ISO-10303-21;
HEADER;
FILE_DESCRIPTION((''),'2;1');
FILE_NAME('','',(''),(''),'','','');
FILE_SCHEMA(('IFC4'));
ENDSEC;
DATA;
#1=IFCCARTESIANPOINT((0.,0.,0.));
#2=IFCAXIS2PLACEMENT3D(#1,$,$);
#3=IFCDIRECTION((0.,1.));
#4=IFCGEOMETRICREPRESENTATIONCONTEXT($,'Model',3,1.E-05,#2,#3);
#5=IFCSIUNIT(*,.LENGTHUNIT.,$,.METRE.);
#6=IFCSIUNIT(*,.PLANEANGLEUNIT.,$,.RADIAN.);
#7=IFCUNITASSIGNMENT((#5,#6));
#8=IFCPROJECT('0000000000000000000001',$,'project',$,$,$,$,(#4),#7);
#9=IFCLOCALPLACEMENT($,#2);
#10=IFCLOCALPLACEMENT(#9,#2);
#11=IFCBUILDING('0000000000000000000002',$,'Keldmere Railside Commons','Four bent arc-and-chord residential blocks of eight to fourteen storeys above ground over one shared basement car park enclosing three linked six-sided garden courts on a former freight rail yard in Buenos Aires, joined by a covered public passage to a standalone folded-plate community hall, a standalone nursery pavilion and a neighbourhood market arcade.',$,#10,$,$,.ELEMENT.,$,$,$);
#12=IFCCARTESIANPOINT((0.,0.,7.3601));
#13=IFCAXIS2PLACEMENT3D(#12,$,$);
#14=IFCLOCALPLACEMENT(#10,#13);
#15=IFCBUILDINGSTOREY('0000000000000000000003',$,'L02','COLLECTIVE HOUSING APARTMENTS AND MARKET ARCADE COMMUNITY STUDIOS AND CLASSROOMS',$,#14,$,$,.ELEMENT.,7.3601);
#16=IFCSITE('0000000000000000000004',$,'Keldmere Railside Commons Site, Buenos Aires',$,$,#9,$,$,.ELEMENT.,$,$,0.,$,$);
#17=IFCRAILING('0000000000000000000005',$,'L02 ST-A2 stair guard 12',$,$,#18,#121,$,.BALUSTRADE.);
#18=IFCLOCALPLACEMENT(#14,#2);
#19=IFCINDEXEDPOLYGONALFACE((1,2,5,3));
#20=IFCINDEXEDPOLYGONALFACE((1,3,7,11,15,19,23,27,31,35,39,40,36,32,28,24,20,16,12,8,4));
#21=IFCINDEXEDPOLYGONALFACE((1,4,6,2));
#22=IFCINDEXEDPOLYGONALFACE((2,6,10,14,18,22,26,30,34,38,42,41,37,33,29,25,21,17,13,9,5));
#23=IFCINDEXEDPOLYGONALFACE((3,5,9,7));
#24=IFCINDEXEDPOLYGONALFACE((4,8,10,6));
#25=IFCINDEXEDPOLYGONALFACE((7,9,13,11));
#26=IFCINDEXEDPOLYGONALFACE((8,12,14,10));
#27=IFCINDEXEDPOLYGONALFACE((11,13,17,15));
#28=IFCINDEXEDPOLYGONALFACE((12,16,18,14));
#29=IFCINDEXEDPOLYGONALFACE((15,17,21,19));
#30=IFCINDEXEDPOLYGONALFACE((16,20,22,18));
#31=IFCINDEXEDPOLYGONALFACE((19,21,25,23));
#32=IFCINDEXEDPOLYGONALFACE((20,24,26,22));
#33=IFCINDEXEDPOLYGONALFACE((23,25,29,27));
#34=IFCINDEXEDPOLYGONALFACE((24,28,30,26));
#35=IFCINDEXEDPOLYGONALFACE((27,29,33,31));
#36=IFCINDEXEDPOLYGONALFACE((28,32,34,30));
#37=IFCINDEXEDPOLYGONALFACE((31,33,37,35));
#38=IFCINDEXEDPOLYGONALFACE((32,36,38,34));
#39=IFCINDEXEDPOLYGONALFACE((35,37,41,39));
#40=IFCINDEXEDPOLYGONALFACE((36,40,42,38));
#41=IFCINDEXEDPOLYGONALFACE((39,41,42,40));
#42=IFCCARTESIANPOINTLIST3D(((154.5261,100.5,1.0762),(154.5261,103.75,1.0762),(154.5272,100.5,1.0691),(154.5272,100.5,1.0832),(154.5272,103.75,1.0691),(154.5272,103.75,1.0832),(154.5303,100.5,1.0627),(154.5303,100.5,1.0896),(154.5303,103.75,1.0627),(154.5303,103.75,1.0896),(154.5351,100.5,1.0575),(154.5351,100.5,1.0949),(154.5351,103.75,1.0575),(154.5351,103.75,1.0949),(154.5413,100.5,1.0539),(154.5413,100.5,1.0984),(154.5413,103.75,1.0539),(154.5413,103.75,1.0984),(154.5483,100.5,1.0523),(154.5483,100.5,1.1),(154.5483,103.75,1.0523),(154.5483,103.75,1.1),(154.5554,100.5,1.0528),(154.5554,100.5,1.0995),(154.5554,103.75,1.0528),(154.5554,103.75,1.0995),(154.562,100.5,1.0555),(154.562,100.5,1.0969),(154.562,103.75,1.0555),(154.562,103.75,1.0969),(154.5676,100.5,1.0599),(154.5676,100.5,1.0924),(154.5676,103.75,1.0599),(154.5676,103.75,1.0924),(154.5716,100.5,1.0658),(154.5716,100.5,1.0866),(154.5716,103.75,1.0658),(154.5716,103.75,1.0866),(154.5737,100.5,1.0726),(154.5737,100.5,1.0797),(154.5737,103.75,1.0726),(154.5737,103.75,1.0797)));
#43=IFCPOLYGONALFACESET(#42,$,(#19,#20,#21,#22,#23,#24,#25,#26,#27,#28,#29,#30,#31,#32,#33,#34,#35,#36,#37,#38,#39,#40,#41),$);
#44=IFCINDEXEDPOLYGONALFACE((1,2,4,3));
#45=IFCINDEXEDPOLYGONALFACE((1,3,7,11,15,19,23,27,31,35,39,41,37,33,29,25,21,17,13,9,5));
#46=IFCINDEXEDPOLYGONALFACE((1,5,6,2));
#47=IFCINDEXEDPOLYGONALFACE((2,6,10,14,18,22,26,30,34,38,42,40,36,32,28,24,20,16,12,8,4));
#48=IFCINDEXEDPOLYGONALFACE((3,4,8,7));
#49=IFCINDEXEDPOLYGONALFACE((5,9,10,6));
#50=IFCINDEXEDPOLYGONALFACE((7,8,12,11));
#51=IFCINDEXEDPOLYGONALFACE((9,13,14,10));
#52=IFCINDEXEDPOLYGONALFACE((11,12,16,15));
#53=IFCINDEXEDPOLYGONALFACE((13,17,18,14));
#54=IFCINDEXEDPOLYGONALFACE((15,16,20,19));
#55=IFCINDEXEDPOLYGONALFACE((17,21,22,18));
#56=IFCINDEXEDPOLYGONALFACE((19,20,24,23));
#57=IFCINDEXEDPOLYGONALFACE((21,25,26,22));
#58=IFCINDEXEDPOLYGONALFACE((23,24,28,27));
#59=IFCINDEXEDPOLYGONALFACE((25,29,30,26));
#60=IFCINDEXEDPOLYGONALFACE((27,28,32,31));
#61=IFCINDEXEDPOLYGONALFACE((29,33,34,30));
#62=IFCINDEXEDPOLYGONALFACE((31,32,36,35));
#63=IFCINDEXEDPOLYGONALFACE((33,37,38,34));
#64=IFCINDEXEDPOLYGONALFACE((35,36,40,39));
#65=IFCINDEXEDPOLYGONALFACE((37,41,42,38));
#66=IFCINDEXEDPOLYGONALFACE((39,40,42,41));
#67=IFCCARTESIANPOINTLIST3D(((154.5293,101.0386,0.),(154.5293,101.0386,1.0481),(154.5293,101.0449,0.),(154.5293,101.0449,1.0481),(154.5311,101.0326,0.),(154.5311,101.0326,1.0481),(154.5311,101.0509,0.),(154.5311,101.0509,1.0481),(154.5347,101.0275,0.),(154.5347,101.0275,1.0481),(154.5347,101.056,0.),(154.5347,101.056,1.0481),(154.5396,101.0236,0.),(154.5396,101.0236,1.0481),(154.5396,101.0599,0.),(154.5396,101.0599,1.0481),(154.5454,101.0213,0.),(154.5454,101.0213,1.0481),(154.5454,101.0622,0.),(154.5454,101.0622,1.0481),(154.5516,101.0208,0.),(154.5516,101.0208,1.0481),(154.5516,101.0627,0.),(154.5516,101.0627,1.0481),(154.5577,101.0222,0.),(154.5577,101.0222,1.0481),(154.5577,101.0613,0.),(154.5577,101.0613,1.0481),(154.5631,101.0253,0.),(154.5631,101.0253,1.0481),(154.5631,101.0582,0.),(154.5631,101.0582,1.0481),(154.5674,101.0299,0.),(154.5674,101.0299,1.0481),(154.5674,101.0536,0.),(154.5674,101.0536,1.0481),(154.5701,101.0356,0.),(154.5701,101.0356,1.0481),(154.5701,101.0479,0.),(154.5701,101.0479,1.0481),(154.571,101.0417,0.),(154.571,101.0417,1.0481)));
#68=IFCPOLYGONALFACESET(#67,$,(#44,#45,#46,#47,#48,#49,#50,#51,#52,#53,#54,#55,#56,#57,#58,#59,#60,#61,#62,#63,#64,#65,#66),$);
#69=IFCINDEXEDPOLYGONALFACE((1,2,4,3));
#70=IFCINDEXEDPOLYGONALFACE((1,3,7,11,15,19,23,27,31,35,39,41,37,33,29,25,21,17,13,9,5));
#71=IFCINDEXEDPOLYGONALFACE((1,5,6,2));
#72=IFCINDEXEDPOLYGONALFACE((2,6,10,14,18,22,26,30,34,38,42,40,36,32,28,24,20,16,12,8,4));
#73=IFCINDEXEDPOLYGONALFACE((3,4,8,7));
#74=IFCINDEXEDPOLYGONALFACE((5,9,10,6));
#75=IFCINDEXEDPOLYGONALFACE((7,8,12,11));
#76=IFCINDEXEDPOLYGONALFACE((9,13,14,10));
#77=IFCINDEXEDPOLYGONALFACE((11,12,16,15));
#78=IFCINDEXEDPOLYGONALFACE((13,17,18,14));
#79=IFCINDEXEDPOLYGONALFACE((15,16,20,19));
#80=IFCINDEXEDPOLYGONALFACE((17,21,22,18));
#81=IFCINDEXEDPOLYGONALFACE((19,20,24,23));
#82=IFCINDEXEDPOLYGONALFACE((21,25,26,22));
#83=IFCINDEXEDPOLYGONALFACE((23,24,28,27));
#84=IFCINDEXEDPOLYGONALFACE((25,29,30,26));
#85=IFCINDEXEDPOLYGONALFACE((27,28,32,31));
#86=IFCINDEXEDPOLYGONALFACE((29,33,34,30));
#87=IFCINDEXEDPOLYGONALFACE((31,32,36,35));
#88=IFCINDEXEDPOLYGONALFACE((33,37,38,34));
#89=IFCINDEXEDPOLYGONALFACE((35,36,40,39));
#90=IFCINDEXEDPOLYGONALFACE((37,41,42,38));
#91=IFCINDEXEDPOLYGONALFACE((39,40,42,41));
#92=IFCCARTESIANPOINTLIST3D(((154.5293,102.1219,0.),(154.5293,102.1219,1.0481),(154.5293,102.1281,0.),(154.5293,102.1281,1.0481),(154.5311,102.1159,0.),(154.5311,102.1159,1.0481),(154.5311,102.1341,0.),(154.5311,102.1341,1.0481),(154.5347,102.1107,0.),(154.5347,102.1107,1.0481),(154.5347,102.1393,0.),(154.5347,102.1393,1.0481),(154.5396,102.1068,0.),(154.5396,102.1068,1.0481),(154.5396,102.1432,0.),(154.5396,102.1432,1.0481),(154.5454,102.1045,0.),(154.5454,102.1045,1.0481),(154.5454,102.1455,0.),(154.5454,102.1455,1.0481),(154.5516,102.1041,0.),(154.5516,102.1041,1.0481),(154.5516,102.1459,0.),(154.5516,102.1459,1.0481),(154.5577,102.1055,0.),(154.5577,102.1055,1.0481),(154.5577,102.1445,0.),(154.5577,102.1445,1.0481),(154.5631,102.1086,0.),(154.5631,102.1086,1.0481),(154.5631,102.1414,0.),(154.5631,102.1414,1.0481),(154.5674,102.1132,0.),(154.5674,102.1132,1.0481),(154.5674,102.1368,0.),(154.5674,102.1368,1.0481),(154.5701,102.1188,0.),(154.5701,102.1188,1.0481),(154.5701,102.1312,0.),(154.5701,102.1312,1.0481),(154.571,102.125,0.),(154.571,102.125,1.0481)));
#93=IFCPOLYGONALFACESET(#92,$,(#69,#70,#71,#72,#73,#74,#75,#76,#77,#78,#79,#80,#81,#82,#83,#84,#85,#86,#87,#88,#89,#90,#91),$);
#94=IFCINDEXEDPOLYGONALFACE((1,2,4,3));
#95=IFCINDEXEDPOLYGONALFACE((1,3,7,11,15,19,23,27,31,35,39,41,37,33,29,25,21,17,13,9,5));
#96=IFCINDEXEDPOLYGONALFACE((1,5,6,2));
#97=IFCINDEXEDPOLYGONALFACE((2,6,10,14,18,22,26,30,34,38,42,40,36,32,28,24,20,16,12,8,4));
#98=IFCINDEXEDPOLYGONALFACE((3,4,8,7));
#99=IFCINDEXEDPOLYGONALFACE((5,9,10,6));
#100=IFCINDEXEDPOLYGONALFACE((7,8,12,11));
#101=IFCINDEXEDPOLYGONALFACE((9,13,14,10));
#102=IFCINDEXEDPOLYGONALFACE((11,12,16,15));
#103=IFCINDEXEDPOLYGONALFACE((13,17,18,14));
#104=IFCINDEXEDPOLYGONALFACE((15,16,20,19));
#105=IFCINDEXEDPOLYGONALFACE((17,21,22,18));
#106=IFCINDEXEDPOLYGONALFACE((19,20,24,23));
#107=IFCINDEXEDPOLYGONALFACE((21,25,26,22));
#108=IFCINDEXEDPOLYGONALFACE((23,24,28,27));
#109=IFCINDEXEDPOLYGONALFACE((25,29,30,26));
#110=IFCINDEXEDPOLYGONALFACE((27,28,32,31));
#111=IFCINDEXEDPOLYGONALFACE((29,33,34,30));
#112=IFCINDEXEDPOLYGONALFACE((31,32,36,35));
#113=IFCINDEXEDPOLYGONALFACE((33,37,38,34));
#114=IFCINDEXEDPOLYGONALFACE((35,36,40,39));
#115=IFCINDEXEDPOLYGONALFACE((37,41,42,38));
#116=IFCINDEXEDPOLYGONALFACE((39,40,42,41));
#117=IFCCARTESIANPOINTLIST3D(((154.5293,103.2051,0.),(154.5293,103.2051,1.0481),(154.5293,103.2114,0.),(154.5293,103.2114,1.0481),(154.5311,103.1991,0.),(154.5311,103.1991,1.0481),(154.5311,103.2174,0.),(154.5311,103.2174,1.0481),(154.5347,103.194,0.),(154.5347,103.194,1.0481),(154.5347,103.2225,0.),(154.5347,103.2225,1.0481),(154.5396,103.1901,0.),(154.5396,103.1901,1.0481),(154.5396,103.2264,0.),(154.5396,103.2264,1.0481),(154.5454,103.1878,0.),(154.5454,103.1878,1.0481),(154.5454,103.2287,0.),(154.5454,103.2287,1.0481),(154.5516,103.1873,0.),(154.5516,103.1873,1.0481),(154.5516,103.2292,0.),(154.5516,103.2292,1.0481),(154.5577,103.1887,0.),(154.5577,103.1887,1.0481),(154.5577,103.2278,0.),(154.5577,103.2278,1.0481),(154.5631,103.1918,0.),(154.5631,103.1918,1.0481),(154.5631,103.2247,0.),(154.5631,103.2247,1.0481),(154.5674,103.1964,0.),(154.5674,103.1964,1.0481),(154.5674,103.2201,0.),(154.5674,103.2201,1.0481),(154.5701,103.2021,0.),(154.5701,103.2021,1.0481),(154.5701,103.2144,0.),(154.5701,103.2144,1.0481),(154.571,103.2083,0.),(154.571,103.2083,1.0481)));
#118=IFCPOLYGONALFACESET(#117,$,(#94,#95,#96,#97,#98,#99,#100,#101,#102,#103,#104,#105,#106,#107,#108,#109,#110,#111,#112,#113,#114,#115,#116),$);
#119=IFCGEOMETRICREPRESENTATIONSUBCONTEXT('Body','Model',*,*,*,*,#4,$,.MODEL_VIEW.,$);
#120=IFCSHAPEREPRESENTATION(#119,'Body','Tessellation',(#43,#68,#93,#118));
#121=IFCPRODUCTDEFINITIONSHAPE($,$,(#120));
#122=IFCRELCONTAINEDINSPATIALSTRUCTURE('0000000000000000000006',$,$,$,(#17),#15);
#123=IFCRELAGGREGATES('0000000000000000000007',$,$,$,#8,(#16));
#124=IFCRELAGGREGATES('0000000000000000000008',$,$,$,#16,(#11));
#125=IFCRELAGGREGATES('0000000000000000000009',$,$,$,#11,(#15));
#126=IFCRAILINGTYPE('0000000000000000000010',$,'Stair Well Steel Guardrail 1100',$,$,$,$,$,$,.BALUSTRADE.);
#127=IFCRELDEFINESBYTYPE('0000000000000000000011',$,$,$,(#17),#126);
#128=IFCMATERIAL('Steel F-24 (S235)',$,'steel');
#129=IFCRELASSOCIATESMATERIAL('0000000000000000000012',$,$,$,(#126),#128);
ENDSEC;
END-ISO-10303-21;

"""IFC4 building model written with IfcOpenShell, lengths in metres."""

from ifc_helpers import new_model, si_unit, direction, frame, origin, origin_2d, place, context, subcontext, project, spatial, circle, extrude, material, type_object, element, save


model = new_model("IFC4")

# Units and contexts
model_context = context("Model", 3, precision=1e-05, world=origin(), true_north=direction((0.0, 1.0)))
body_context = subcontext(model_context, "Body", "Model", "MODEL_VIEW")
ifc_project = project(units=[si_unit("LENGTHUNIT", "METRE"), si_unit("PLANEANGLEUNIT", "RADIAN")], contexts=[model_context])

# Site, building, storey
site_placement = place(None, origin())
site = spatial("IfcSite", under=ifc_project, at=site_placement, Name="Keldmere Railside Commons Site, Buenos Aires", CompositionType="ELEMENT", RefElevation=0.0)
building_placement = place(site_placement, origin())
building = spatial("IfcBuilding", under=site, at=building_placement, Name="Keldmere Railside Commons", Description="Four bent arc-and-chord residential blocks of eight to fourteen storeys above ground over one shared basement car park enclosing three linked six-sided garden courts on a former freight rail yard in Buenos Aires, joined by a covered public passage to a standalone folded-plate community hall, a standalone nursery pavilion and a neighbourhood market arcade.", CompositionType="ELEMENT")
storey_placement = place(building_placement, frame((0.0, 0.0, 7.3601)))
storey = spatial("IfcBuildingStorey", under=building, at=storey_placement, Name="L02", Description="COLLECTIVE HOUSING APARTMENTS AND MARKET ARCADE COMMUNITY STUDIOS AND CLASSROOMS", CompositionType="ELEMENT", Elevation=7.3601)

# Railing
ifc_material_1 = material(Name="Steel F-24 (S235)", Category="steel")
railing_type_1 = type_object("IfcRailingType", Name="Stair Well Steel Guardrail 1100", PredefinedType="BALUSTRADE", material=ifc_material_1)
railing_1_placement = place(storey_placement, frame((154.55, 100.5, 0.0)))
element("IfcRailing", 1, at=railing_1_placement, inside=storey, type_object=railing_type_1, Name="L02 ST-A2 stair guard 12", PredefinedType="BALUSTRADE", context=body_context, shape_type="SweptSolid", body=[
    extrude(circle(Radius=0.0239, at=origin_2d()), frame((0.0, 0.0, 1.0762), z_axis=(0.0, 1.0, 0.0), x_axis=(-1.0, 0.0, 0.0)), (0.0, 0.0, 1.0), 3.25),
    extrude(circle(Radius=0.021, at=origin_2d()), frame((0.0, 0.5417, 0.0)), (0.0, 0.0, 1.0), 1.0481),
    extrude(circle(Radius=0.021, at=origin_2d()), frame((0.0, 1.625, 0.0)), (0.0, 0.0, 1.0), 1.0481),
    extrude(circle(Radius=0.021, at=origin_2d()), frame((0.0, 2.7083, 0.0)), (0.0, 0.0, 1.0), 1.0481),
])

save(model, "model.ifc")
